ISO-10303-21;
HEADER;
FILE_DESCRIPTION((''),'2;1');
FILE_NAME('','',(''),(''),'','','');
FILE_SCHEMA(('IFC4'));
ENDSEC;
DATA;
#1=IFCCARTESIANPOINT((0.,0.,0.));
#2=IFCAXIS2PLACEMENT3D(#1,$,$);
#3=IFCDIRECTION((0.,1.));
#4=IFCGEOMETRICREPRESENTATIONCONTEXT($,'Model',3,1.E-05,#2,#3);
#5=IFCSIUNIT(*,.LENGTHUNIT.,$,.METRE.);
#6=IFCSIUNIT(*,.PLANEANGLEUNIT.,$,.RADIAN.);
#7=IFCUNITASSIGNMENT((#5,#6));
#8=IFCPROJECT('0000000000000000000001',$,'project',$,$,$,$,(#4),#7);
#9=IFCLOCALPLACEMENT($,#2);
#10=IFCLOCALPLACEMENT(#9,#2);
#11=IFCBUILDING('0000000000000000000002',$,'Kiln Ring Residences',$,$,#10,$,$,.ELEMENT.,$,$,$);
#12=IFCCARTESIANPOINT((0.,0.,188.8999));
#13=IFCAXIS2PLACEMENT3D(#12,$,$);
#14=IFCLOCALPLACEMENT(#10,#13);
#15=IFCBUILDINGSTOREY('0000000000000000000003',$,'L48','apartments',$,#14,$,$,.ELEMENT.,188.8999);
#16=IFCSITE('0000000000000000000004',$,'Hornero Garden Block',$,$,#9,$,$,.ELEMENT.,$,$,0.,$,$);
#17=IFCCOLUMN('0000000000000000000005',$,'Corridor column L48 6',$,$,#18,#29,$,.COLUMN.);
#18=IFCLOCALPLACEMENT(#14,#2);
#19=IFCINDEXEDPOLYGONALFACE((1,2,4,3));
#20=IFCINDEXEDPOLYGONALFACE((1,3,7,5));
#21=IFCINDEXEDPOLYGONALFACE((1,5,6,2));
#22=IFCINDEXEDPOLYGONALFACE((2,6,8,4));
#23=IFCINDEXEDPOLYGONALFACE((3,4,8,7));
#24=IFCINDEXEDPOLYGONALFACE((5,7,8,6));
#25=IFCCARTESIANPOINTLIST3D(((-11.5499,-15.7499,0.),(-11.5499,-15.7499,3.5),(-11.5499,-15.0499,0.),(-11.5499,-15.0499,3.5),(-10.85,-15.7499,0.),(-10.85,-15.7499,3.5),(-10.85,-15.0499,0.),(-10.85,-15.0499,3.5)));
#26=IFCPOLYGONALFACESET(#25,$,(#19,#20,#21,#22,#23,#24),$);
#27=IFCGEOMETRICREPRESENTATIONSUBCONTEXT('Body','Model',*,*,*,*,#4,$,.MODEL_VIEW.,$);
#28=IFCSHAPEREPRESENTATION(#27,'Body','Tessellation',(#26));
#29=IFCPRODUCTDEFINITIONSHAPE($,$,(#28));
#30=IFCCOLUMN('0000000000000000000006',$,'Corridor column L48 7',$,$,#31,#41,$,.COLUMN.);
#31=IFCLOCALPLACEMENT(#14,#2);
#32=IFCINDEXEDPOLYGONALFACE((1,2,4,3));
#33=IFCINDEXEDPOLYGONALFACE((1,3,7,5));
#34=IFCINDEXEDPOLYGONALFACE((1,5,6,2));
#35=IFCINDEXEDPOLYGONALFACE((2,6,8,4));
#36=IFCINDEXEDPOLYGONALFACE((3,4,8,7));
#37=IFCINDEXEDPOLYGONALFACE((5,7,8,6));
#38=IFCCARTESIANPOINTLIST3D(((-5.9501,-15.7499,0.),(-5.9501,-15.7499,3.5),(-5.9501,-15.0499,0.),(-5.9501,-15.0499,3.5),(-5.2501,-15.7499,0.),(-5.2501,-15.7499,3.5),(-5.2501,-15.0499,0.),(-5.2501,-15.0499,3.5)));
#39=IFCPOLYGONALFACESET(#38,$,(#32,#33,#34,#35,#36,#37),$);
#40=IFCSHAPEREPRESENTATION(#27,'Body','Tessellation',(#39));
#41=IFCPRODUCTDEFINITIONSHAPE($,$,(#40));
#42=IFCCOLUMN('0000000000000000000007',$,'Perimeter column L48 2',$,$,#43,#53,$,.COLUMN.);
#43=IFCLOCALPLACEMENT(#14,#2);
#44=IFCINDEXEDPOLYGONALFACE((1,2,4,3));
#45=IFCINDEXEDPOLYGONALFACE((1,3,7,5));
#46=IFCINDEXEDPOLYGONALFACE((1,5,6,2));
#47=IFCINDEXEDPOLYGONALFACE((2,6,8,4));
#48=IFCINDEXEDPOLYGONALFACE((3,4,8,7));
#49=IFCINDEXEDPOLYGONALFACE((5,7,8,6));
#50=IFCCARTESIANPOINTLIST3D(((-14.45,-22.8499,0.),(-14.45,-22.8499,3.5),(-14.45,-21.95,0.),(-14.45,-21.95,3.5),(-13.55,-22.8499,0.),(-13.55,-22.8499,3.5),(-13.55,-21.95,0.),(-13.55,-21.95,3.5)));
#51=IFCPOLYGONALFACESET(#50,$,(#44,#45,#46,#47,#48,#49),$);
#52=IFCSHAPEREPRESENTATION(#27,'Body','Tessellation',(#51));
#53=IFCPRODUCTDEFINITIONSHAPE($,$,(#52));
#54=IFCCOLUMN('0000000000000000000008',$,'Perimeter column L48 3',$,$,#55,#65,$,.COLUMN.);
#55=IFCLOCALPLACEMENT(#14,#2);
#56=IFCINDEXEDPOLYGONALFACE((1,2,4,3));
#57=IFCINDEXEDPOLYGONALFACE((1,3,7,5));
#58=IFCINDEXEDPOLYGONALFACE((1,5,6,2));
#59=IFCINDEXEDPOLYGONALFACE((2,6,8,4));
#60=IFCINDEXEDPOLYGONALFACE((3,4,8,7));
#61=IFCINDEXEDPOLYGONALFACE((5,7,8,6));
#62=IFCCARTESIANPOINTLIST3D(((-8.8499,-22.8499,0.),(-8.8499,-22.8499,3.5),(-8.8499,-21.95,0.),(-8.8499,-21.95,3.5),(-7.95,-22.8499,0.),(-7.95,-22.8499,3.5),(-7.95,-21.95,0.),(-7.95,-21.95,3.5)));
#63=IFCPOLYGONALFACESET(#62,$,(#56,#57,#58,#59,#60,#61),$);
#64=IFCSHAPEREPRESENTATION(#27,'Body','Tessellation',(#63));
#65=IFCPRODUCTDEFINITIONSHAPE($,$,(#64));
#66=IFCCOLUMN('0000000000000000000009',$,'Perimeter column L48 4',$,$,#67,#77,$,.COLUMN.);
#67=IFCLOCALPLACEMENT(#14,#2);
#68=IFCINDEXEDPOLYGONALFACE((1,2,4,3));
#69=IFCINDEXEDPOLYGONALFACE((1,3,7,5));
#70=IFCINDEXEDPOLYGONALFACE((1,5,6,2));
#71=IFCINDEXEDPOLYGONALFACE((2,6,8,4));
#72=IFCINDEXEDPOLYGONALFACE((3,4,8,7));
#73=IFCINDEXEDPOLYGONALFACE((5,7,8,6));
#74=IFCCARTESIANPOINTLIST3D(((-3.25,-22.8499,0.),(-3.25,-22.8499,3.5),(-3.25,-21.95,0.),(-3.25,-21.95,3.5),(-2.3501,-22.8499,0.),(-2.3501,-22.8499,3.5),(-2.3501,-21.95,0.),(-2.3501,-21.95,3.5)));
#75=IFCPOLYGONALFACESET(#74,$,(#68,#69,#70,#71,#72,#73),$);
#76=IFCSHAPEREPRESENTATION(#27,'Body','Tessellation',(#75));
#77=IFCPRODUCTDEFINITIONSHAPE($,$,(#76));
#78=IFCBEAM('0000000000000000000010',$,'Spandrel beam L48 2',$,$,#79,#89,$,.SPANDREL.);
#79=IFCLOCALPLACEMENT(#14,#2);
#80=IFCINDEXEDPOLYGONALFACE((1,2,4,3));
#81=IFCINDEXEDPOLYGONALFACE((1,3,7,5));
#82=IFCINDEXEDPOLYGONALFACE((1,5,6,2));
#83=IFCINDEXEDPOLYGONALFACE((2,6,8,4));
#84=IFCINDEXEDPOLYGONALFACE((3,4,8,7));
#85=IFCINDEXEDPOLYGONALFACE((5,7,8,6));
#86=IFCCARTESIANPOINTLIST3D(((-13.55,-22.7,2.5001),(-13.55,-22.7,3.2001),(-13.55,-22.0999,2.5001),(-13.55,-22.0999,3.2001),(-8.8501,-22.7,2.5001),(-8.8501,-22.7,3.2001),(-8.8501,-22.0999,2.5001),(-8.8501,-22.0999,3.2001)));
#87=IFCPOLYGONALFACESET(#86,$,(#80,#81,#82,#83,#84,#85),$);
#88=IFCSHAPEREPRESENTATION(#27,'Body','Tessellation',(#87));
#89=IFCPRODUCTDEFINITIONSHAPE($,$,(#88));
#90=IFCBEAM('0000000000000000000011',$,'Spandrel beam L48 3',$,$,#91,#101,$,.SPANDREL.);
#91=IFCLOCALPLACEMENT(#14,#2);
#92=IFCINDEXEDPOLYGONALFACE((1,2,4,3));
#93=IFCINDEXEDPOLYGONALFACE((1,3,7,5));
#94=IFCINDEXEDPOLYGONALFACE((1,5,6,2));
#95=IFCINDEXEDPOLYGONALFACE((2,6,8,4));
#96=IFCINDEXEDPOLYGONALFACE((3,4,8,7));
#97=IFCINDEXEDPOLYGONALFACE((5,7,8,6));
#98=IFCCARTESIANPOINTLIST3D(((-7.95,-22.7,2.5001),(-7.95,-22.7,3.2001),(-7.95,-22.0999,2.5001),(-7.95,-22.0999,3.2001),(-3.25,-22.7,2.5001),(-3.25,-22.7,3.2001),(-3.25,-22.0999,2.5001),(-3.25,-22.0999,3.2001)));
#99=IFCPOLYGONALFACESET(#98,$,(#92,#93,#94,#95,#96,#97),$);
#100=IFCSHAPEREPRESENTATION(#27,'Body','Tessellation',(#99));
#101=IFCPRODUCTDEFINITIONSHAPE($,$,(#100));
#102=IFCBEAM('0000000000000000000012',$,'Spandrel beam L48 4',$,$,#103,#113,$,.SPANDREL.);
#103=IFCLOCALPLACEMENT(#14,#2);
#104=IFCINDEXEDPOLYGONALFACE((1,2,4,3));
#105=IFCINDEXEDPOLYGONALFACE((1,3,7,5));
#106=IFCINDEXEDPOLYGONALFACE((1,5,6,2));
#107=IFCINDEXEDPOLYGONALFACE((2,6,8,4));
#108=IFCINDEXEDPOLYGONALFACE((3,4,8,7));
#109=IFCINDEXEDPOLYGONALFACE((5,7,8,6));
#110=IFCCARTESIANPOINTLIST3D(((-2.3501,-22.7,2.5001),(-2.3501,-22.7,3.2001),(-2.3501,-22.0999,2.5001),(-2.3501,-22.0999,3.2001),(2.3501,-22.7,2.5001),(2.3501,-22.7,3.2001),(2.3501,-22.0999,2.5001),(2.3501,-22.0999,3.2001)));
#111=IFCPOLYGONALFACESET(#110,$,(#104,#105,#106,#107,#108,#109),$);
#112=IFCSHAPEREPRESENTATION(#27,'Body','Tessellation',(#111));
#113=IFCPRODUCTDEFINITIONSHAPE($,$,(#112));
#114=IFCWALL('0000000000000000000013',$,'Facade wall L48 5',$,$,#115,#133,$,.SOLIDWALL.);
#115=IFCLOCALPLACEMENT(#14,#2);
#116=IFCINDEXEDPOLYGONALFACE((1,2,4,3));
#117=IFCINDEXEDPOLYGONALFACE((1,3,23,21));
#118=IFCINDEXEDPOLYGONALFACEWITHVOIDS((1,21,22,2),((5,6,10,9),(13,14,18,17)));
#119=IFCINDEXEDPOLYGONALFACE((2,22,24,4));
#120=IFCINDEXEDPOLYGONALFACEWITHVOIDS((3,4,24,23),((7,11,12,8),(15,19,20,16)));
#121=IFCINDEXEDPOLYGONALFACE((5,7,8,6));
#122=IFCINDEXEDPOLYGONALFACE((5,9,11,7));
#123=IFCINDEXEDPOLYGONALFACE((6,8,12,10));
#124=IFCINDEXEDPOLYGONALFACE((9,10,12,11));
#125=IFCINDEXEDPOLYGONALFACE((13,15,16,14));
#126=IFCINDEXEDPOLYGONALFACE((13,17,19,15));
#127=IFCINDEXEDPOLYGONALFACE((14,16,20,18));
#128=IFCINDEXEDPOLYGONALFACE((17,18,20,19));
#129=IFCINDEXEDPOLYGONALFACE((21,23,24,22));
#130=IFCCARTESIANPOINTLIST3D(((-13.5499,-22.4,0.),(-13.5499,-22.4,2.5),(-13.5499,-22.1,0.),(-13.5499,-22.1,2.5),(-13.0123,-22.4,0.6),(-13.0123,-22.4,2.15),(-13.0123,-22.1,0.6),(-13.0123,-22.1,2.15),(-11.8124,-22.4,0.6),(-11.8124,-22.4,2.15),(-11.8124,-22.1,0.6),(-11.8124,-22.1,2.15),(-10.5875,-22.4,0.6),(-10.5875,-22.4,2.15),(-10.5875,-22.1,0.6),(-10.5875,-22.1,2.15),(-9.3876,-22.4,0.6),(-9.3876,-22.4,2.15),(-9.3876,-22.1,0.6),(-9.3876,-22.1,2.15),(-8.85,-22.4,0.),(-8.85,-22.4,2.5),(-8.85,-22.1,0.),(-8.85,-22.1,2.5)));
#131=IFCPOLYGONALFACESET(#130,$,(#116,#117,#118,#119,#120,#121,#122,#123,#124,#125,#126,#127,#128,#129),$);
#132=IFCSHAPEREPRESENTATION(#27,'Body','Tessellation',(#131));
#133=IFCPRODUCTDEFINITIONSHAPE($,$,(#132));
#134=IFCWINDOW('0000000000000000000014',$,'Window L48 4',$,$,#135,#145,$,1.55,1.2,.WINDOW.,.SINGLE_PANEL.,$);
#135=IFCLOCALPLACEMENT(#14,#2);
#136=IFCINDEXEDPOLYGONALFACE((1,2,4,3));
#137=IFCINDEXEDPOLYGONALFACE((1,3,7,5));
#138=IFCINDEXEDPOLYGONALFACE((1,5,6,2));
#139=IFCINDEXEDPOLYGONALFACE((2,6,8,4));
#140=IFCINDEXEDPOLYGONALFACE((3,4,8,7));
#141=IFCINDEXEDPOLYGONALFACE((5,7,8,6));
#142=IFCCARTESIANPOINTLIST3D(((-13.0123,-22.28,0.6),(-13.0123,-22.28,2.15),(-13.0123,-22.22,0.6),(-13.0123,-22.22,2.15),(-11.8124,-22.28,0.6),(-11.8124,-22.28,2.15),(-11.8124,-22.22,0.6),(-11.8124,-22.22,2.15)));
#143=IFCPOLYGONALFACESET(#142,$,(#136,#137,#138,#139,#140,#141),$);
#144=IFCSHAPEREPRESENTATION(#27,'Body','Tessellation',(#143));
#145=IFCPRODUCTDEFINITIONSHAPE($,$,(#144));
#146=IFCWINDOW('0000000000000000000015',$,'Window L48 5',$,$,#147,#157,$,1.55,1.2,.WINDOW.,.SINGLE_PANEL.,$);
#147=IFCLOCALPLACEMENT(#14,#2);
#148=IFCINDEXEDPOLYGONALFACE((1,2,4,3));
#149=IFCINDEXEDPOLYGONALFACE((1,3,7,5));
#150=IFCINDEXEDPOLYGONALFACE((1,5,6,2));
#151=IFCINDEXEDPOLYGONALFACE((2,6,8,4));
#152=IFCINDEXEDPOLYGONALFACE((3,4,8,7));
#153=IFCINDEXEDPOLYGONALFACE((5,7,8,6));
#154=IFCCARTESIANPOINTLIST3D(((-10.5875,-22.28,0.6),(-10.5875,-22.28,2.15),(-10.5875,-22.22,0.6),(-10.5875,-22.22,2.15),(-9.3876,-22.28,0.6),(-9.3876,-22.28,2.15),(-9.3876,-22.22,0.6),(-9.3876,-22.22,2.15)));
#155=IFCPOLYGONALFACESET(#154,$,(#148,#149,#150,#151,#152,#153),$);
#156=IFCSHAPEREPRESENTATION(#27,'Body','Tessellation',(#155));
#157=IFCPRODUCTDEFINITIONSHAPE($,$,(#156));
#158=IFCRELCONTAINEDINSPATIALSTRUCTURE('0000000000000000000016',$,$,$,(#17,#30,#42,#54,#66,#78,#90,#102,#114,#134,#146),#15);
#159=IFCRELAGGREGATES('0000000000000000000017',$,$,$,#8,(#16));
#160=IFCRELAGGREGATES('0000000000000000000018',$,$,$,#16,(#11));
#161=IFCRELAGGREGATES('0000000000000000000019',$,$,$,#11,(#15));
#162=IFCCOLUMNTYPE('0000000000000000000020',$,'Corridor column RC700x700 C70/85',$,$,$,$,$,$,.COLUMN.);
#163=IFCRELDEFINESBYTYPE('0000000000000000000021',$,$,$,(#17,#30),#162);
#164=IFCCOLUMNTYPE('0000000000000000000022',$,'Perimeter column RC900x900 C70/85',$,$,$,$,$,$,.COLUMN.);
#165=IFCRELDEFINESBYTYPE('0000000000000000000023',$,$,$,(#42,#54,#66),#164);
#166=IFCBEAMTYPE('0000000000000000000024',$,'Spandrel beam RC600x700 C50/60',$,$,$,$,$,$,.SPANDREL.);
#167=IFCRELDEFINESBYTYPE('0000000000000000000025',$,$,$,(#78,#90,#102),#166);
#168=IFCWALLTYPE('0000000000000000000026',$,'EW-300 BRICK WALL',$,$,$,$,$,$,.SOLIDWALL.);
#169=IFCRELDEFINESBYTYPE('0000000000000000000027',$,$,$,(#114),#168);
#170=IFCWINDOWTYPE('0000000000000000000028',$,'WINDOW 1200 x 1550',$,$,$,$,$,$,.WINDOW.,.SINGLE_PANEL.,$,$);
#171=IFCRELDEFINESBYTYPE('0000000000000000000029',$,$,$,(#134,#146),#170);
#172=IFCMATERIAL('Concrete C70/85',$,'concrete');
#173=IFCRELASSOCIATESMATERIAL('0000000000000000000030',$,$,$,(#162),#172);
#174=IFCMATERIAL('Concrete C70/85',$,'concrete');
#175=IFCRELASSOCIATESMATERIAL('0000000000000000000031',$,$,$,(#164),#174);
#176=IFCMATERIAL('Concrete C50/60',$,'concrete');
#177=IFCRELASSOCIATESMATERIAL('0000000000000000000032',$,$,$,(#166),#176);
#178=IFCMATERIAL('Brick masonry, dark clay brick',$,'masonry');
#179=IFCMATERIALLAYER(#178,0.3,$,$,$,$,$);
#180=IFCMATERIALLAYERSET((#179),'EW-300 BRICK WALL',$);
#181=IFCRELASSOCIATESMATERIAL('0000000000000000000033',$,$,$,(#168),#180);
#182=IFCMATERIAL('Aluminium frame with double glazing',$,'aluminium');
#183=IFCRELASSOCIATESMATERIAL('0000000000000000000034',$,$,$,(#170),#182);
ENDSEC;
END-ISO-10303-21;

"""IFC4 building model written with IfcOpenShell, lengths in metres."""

from ifc_helpers import new_model, si_unit, direction, frame, frame_2d, origin, origin_2d, place, context, subcontext, project, spatial, rectangle, extrude, material, layer, layer_set, material_profile, profile_set, type_object, element, fill, save


model = new_model("IFC4")

# Units and contexts
model_context = context("Model", 3, precision=1e-05, world=origin(), true_north=direction((0.0, 1.0)))
body_context = subcontext(model_context, "Body", "Model", "MODEL_VIEW")
ifc_project = project(units=[si_unit("LENGTHUNIT", "METRE"), si_unit("PLANEANGLEUNIT", "RADIAN")], contexts=[model_context])

# Site, building, storey
site_placement = place(None, origin())
site = spatial("IfcSite", under=ifc_project, at=site_placement, Name="Hornero Garden Block", CompositionType="ELEMENT", RefElevation=0.0)
building_placement = place(site_placement, origin())
building = spatial("IfcBuilding", under=site, at=building_placement, Name="Kiln Ring Residences", CompositionType="ELEMENT")
storey_placement = place(building_placement, frame((0.0, 0.0, 188.8999)))
storey = spatial("IfcBuildingStorey", under=building, at=storey_placement, Name="L48", Description="apartments", CompositionType="ELEMENT", Elevation=188.8999)

# Columns
ifc_material_1 = material(Name="Concrete C70/85", Category="concrete")
ifc_material_profile_1 = material_profile(ifc_material_1, rectangle(XDim=0.7, YDim=0.7, at=origin_2d()), Name="RC700x700")
ifc_profile_set_1 = profile_set([ifc_material_profile_1], Name="Concrete C70/85")
column_type_1 = type_object("IfcColumnType", Name="Corridor column RC700x700 C70/85", PredefinedType="COLUMN", material=ifc_profile_set_1)
for number, where, z_axis, x_axis, name in (
    (1, (-11.2, -15.3999, 0.0), (0.0, 0.0, 1.0), (1.0, 0.0, 0.0), "Corridor column L48 6"),
    (2, (-5.6001, -15.3999, 0.0), (0.0, 0.0, 1.0), (1.0, 0.0, 0.0), "Corridor column L48 7"),
):
    element("IfcColumn", number, at=place(storey_placement, frame(where, z_axis=z_axis, x_axis=x_axis)), inside=storey, type_object=column_type_1, Name=name, PredefinedType="COLUMN", context=body_context, shape_type="SweptSolid", body=[
        extrude(rectangle(XDim=0.7, YDim=0.7, at=origin_2d()), origin(), (0.0, 0.0, 1.0), 3.5),
    ])
ifc_material_2 = material(Name="Concrete C70/85", Category="concrete")
ifc_material_profile_2 = material_profile(ifc_material_2, rectangle(XDim=0.8999, YDim=0.8999, at=origin_2d()), Name="RC900x900")
ifc_profile_set_2 = profile_set([ifc_material_profile_2], Name="Concrete C70/85")
column_type_2 = type_object("IfcColumnType", Name="Perimeter column RC900x900 C70/85", PredefinedType="COLUMN", material=ifc_profile_set_2)
for number, where, z_axis, x_axis, name in (
    (3, (-14.0, -22.3999, 0.0), (0.0, 0.0, 1.0), (1.0, 0.0, 0.0), "Perimeter column L48 2"),
    (4, (-8.3999, -22.3999, 0.0), (0.0, 0.0, 1.0), (1.0, 0.0, 0.0), "Perimeter column L48 3"),
    (5, (-2.8, -22.3999, 0.0), (0.0, 0.0, 1.0), (1.0, 0.0, 0.0), "Perimeter column L48 4"),
):
    element("IfcColumn", number, at=place(storey_placement, frame(where, z_axis=z_axis, x_axis=x_axis)), inside=storey, type_object=column_type_2, Name=name, PredefinedType="COLUMN", context=body_context, shape_type="SweptSolid", body=[
        extrude(rectangle(XDim=0.8999, YDim=0.8999, at=origin_2d()), origin(), (0.0, 0.0, 1.0), 3.5),
    ])

# Beams
ifc_material_3 = material(Name="Concrete C50/60", Category="concrete")
ifc_material_profile_3 = material_profile(ifc_material_3, rectangle(XDim=0.6001, YDim=0.7, at=origin_2d()), Name="RC600x700")
ifc_profile_set_3 = profile_set([ifc_material_profile_3], Name="Concrete C50/60")
beam_type = type_object("IfcBeamType", Name="Spandrel beam RC600x700 C50/60", PredefinedType="SPANDREL", material=ifc_profile_set_3)
for number, where, z_axis, x_axis, name in (
    (6, (-13.55, -22.3999, 2.8501), (1.0, 0.0, 0.0), (0.0, 1.0, 0.0), "Spandrel beam L48 2"),
    (7, (-7.95, -22.3999, 2.8501), (1.0, 0.0, 0.0), (0.0, 1.0, 0.0), "Spandrel beam L48 3"),
):
    element("IfcBeam", number, at=place(storey_placement, frame(where, z_axis=z_axis, x_axis=x_axis)), inside=storey, type_object=beam_type, Name=name, PredefinedType="SPANDREL", context=body_context, shape_type="SweptSolid", body=[
        extrude(rectangle(XDim=0.6001, YDim=0.7, at=origin_2d()), origin(), (0.0, 0.0, 1.0), 4.7),
    ])
beam_placement = place(storey_placement, frame((-2.3501, -22.3999, 2.8501), z_axis=(1.0, 0.0, 0.0), x_axis=(0.0, 1.0, 0.0)))
element("IfcBeam", 8, at=beam_placement, inside=storey, type_object=beam_type, Name="Spandrel beam L48 4", PredefinedType="SPANDREL", context=body_context, shape_type="SweptSolid", body=[
    extrude(rectangle(XDim=0.6001, YDim=0.7, at=origin_2d()), origin(), (0.0, 0.0, 1.0), 4.7002),
])

# Wall, openings, windows
ifc_material_4 = material(Name="Brick masonry, dark clay brick", Category="masonry")
ifc_layer_1 = layer(ifc_material_4, 0.3)
ifc_layer_set_1 = layer_set([ifc_layer_1], Name="EW-300 BRICK WALL")
wall_type_1 = type_object("IfcWallType", Name="EW-300 BRICK WALL", PredefinedType="SOLIDWALL", material=ifc_layer_set_1)
wall_1_placement = place(storey_placement, frame((-13.55, -22.25, 0.0), z_axis=(0.0, 0.0, 1.0), x_axis=(1.0, 0.0, 0.0)))
wall_1 = element("IfcWall", 9, at=wall_1_placement, inside=storey, type_object=wall_type_1, Name="Facade wall L48 5", PredefinedType="SOLIDWALL", context=body_context, shape_type="SweptSolid", body=[
    extrude(rectangle(XDim=4.7, YDim=0.3, at=frame_2d((2.3501, 0.0))), origin(), (0.0, 0.0, 1.0), 2.5),
])
opening_1_placement = place(wall_1_placement, frame((0.5376, 0.0, 0.6001)))
opening_1 = element("IfcOpeningElement", 10, at=opening_1_placement, cuts=wall_1, PredefinedType="OPENING", context=body_context, shape_type="SweptSolid", body=[
    extrude(rectangle(XDim=1.2, YDim=1.55, at=frame_2d((0.6001, 0.7749))), frame((0.0, 0.1599, 0.0), z_axis=(0.0, -1.0, 0.0), x_axis=(1.0, 0.0, 0.0)), (0.0, 0.0, 1.0), 0.3201),
])
opening_2_placement = place(wall_1_placement, frame((2.9624, 0.0, 0.6001)))
opening_2 = element("IfcOpeningElement", 11, at=opening_2_placement, cuts=wall_1, PredefinedType="OPENING", context=body_context, shape_type="SweptSolid", body=[
    extrude(rectangle(XDim=1.2, YDim=1.55, at=frame_2d((0.6001, 0.7749))), frame((0.0, 0.1599, 0.0), z_axis=(0.0, -1.0, 0.0), x_axis=(1.0, 0.0, 0.0)), (0.0, 0.0, 1.0), 0.3201),
])
ifc_material_5 = material(Name="Aluminium frame with double glazing", Category="aluminium")
window_type = type_object("IfcWindowType", Name="WINDOW 1200 x 1550", PartitioningType="SINGLE_PANEL", PredefinedType="WINDOW", material=ifc_material_5)
window_1_placement = place(opening_1_placement, origin())
window_1 = element("IfcWindow", 12, at=window_1_placement, inside=storey, type_object=window_type, Name="Window L48 4", OverallHeight=1.55, OverallWidth=1.2, PartitioningType="SINGLE_PANEL", PredefinedType="WINDOW", context=body_context, shape_type="SweptSolid", body=[
    extrude(rectangle(XDim=1.2, YDim=1.55, at=frame_2d((0.6001, 0.7749))), frame((0.0, 0.03, 0.0), z_axis=(0.0, -1.0, 0.0), x_axis=(1.0, 0.0, 0.0)), (0.0, 0.0, 1.0), 0.0601),
])
fill(opening_1, window_1)
window_2_placement = place(opening_2_placement, origin())
window_2 = element("IfcWindow", 13, at=window_2_placement, inside=storey, type_object=window_type, Name="Window L48 5", OverallHeight=1.55, OverallWidth=1.2, PartitioningType="SINGLE_PANEL", PredefinedType="WINDOW", context=body_context, shape_type="SweptSolid", body=[
    extrude(rectangle(XDim=1.2, YDim=1.55, at=frame_2d((0.6001, 0.7749))), frame((0.0, 0.03, 0.0), z_axis=(0.0, -1.0, 0.0), x_axis=(1.0, 0.0, 0.0)), (0.0, 0.0, 1.0), 0.0601),
])
fill(opening_2, window_2)

save(model, "model.ifc")
